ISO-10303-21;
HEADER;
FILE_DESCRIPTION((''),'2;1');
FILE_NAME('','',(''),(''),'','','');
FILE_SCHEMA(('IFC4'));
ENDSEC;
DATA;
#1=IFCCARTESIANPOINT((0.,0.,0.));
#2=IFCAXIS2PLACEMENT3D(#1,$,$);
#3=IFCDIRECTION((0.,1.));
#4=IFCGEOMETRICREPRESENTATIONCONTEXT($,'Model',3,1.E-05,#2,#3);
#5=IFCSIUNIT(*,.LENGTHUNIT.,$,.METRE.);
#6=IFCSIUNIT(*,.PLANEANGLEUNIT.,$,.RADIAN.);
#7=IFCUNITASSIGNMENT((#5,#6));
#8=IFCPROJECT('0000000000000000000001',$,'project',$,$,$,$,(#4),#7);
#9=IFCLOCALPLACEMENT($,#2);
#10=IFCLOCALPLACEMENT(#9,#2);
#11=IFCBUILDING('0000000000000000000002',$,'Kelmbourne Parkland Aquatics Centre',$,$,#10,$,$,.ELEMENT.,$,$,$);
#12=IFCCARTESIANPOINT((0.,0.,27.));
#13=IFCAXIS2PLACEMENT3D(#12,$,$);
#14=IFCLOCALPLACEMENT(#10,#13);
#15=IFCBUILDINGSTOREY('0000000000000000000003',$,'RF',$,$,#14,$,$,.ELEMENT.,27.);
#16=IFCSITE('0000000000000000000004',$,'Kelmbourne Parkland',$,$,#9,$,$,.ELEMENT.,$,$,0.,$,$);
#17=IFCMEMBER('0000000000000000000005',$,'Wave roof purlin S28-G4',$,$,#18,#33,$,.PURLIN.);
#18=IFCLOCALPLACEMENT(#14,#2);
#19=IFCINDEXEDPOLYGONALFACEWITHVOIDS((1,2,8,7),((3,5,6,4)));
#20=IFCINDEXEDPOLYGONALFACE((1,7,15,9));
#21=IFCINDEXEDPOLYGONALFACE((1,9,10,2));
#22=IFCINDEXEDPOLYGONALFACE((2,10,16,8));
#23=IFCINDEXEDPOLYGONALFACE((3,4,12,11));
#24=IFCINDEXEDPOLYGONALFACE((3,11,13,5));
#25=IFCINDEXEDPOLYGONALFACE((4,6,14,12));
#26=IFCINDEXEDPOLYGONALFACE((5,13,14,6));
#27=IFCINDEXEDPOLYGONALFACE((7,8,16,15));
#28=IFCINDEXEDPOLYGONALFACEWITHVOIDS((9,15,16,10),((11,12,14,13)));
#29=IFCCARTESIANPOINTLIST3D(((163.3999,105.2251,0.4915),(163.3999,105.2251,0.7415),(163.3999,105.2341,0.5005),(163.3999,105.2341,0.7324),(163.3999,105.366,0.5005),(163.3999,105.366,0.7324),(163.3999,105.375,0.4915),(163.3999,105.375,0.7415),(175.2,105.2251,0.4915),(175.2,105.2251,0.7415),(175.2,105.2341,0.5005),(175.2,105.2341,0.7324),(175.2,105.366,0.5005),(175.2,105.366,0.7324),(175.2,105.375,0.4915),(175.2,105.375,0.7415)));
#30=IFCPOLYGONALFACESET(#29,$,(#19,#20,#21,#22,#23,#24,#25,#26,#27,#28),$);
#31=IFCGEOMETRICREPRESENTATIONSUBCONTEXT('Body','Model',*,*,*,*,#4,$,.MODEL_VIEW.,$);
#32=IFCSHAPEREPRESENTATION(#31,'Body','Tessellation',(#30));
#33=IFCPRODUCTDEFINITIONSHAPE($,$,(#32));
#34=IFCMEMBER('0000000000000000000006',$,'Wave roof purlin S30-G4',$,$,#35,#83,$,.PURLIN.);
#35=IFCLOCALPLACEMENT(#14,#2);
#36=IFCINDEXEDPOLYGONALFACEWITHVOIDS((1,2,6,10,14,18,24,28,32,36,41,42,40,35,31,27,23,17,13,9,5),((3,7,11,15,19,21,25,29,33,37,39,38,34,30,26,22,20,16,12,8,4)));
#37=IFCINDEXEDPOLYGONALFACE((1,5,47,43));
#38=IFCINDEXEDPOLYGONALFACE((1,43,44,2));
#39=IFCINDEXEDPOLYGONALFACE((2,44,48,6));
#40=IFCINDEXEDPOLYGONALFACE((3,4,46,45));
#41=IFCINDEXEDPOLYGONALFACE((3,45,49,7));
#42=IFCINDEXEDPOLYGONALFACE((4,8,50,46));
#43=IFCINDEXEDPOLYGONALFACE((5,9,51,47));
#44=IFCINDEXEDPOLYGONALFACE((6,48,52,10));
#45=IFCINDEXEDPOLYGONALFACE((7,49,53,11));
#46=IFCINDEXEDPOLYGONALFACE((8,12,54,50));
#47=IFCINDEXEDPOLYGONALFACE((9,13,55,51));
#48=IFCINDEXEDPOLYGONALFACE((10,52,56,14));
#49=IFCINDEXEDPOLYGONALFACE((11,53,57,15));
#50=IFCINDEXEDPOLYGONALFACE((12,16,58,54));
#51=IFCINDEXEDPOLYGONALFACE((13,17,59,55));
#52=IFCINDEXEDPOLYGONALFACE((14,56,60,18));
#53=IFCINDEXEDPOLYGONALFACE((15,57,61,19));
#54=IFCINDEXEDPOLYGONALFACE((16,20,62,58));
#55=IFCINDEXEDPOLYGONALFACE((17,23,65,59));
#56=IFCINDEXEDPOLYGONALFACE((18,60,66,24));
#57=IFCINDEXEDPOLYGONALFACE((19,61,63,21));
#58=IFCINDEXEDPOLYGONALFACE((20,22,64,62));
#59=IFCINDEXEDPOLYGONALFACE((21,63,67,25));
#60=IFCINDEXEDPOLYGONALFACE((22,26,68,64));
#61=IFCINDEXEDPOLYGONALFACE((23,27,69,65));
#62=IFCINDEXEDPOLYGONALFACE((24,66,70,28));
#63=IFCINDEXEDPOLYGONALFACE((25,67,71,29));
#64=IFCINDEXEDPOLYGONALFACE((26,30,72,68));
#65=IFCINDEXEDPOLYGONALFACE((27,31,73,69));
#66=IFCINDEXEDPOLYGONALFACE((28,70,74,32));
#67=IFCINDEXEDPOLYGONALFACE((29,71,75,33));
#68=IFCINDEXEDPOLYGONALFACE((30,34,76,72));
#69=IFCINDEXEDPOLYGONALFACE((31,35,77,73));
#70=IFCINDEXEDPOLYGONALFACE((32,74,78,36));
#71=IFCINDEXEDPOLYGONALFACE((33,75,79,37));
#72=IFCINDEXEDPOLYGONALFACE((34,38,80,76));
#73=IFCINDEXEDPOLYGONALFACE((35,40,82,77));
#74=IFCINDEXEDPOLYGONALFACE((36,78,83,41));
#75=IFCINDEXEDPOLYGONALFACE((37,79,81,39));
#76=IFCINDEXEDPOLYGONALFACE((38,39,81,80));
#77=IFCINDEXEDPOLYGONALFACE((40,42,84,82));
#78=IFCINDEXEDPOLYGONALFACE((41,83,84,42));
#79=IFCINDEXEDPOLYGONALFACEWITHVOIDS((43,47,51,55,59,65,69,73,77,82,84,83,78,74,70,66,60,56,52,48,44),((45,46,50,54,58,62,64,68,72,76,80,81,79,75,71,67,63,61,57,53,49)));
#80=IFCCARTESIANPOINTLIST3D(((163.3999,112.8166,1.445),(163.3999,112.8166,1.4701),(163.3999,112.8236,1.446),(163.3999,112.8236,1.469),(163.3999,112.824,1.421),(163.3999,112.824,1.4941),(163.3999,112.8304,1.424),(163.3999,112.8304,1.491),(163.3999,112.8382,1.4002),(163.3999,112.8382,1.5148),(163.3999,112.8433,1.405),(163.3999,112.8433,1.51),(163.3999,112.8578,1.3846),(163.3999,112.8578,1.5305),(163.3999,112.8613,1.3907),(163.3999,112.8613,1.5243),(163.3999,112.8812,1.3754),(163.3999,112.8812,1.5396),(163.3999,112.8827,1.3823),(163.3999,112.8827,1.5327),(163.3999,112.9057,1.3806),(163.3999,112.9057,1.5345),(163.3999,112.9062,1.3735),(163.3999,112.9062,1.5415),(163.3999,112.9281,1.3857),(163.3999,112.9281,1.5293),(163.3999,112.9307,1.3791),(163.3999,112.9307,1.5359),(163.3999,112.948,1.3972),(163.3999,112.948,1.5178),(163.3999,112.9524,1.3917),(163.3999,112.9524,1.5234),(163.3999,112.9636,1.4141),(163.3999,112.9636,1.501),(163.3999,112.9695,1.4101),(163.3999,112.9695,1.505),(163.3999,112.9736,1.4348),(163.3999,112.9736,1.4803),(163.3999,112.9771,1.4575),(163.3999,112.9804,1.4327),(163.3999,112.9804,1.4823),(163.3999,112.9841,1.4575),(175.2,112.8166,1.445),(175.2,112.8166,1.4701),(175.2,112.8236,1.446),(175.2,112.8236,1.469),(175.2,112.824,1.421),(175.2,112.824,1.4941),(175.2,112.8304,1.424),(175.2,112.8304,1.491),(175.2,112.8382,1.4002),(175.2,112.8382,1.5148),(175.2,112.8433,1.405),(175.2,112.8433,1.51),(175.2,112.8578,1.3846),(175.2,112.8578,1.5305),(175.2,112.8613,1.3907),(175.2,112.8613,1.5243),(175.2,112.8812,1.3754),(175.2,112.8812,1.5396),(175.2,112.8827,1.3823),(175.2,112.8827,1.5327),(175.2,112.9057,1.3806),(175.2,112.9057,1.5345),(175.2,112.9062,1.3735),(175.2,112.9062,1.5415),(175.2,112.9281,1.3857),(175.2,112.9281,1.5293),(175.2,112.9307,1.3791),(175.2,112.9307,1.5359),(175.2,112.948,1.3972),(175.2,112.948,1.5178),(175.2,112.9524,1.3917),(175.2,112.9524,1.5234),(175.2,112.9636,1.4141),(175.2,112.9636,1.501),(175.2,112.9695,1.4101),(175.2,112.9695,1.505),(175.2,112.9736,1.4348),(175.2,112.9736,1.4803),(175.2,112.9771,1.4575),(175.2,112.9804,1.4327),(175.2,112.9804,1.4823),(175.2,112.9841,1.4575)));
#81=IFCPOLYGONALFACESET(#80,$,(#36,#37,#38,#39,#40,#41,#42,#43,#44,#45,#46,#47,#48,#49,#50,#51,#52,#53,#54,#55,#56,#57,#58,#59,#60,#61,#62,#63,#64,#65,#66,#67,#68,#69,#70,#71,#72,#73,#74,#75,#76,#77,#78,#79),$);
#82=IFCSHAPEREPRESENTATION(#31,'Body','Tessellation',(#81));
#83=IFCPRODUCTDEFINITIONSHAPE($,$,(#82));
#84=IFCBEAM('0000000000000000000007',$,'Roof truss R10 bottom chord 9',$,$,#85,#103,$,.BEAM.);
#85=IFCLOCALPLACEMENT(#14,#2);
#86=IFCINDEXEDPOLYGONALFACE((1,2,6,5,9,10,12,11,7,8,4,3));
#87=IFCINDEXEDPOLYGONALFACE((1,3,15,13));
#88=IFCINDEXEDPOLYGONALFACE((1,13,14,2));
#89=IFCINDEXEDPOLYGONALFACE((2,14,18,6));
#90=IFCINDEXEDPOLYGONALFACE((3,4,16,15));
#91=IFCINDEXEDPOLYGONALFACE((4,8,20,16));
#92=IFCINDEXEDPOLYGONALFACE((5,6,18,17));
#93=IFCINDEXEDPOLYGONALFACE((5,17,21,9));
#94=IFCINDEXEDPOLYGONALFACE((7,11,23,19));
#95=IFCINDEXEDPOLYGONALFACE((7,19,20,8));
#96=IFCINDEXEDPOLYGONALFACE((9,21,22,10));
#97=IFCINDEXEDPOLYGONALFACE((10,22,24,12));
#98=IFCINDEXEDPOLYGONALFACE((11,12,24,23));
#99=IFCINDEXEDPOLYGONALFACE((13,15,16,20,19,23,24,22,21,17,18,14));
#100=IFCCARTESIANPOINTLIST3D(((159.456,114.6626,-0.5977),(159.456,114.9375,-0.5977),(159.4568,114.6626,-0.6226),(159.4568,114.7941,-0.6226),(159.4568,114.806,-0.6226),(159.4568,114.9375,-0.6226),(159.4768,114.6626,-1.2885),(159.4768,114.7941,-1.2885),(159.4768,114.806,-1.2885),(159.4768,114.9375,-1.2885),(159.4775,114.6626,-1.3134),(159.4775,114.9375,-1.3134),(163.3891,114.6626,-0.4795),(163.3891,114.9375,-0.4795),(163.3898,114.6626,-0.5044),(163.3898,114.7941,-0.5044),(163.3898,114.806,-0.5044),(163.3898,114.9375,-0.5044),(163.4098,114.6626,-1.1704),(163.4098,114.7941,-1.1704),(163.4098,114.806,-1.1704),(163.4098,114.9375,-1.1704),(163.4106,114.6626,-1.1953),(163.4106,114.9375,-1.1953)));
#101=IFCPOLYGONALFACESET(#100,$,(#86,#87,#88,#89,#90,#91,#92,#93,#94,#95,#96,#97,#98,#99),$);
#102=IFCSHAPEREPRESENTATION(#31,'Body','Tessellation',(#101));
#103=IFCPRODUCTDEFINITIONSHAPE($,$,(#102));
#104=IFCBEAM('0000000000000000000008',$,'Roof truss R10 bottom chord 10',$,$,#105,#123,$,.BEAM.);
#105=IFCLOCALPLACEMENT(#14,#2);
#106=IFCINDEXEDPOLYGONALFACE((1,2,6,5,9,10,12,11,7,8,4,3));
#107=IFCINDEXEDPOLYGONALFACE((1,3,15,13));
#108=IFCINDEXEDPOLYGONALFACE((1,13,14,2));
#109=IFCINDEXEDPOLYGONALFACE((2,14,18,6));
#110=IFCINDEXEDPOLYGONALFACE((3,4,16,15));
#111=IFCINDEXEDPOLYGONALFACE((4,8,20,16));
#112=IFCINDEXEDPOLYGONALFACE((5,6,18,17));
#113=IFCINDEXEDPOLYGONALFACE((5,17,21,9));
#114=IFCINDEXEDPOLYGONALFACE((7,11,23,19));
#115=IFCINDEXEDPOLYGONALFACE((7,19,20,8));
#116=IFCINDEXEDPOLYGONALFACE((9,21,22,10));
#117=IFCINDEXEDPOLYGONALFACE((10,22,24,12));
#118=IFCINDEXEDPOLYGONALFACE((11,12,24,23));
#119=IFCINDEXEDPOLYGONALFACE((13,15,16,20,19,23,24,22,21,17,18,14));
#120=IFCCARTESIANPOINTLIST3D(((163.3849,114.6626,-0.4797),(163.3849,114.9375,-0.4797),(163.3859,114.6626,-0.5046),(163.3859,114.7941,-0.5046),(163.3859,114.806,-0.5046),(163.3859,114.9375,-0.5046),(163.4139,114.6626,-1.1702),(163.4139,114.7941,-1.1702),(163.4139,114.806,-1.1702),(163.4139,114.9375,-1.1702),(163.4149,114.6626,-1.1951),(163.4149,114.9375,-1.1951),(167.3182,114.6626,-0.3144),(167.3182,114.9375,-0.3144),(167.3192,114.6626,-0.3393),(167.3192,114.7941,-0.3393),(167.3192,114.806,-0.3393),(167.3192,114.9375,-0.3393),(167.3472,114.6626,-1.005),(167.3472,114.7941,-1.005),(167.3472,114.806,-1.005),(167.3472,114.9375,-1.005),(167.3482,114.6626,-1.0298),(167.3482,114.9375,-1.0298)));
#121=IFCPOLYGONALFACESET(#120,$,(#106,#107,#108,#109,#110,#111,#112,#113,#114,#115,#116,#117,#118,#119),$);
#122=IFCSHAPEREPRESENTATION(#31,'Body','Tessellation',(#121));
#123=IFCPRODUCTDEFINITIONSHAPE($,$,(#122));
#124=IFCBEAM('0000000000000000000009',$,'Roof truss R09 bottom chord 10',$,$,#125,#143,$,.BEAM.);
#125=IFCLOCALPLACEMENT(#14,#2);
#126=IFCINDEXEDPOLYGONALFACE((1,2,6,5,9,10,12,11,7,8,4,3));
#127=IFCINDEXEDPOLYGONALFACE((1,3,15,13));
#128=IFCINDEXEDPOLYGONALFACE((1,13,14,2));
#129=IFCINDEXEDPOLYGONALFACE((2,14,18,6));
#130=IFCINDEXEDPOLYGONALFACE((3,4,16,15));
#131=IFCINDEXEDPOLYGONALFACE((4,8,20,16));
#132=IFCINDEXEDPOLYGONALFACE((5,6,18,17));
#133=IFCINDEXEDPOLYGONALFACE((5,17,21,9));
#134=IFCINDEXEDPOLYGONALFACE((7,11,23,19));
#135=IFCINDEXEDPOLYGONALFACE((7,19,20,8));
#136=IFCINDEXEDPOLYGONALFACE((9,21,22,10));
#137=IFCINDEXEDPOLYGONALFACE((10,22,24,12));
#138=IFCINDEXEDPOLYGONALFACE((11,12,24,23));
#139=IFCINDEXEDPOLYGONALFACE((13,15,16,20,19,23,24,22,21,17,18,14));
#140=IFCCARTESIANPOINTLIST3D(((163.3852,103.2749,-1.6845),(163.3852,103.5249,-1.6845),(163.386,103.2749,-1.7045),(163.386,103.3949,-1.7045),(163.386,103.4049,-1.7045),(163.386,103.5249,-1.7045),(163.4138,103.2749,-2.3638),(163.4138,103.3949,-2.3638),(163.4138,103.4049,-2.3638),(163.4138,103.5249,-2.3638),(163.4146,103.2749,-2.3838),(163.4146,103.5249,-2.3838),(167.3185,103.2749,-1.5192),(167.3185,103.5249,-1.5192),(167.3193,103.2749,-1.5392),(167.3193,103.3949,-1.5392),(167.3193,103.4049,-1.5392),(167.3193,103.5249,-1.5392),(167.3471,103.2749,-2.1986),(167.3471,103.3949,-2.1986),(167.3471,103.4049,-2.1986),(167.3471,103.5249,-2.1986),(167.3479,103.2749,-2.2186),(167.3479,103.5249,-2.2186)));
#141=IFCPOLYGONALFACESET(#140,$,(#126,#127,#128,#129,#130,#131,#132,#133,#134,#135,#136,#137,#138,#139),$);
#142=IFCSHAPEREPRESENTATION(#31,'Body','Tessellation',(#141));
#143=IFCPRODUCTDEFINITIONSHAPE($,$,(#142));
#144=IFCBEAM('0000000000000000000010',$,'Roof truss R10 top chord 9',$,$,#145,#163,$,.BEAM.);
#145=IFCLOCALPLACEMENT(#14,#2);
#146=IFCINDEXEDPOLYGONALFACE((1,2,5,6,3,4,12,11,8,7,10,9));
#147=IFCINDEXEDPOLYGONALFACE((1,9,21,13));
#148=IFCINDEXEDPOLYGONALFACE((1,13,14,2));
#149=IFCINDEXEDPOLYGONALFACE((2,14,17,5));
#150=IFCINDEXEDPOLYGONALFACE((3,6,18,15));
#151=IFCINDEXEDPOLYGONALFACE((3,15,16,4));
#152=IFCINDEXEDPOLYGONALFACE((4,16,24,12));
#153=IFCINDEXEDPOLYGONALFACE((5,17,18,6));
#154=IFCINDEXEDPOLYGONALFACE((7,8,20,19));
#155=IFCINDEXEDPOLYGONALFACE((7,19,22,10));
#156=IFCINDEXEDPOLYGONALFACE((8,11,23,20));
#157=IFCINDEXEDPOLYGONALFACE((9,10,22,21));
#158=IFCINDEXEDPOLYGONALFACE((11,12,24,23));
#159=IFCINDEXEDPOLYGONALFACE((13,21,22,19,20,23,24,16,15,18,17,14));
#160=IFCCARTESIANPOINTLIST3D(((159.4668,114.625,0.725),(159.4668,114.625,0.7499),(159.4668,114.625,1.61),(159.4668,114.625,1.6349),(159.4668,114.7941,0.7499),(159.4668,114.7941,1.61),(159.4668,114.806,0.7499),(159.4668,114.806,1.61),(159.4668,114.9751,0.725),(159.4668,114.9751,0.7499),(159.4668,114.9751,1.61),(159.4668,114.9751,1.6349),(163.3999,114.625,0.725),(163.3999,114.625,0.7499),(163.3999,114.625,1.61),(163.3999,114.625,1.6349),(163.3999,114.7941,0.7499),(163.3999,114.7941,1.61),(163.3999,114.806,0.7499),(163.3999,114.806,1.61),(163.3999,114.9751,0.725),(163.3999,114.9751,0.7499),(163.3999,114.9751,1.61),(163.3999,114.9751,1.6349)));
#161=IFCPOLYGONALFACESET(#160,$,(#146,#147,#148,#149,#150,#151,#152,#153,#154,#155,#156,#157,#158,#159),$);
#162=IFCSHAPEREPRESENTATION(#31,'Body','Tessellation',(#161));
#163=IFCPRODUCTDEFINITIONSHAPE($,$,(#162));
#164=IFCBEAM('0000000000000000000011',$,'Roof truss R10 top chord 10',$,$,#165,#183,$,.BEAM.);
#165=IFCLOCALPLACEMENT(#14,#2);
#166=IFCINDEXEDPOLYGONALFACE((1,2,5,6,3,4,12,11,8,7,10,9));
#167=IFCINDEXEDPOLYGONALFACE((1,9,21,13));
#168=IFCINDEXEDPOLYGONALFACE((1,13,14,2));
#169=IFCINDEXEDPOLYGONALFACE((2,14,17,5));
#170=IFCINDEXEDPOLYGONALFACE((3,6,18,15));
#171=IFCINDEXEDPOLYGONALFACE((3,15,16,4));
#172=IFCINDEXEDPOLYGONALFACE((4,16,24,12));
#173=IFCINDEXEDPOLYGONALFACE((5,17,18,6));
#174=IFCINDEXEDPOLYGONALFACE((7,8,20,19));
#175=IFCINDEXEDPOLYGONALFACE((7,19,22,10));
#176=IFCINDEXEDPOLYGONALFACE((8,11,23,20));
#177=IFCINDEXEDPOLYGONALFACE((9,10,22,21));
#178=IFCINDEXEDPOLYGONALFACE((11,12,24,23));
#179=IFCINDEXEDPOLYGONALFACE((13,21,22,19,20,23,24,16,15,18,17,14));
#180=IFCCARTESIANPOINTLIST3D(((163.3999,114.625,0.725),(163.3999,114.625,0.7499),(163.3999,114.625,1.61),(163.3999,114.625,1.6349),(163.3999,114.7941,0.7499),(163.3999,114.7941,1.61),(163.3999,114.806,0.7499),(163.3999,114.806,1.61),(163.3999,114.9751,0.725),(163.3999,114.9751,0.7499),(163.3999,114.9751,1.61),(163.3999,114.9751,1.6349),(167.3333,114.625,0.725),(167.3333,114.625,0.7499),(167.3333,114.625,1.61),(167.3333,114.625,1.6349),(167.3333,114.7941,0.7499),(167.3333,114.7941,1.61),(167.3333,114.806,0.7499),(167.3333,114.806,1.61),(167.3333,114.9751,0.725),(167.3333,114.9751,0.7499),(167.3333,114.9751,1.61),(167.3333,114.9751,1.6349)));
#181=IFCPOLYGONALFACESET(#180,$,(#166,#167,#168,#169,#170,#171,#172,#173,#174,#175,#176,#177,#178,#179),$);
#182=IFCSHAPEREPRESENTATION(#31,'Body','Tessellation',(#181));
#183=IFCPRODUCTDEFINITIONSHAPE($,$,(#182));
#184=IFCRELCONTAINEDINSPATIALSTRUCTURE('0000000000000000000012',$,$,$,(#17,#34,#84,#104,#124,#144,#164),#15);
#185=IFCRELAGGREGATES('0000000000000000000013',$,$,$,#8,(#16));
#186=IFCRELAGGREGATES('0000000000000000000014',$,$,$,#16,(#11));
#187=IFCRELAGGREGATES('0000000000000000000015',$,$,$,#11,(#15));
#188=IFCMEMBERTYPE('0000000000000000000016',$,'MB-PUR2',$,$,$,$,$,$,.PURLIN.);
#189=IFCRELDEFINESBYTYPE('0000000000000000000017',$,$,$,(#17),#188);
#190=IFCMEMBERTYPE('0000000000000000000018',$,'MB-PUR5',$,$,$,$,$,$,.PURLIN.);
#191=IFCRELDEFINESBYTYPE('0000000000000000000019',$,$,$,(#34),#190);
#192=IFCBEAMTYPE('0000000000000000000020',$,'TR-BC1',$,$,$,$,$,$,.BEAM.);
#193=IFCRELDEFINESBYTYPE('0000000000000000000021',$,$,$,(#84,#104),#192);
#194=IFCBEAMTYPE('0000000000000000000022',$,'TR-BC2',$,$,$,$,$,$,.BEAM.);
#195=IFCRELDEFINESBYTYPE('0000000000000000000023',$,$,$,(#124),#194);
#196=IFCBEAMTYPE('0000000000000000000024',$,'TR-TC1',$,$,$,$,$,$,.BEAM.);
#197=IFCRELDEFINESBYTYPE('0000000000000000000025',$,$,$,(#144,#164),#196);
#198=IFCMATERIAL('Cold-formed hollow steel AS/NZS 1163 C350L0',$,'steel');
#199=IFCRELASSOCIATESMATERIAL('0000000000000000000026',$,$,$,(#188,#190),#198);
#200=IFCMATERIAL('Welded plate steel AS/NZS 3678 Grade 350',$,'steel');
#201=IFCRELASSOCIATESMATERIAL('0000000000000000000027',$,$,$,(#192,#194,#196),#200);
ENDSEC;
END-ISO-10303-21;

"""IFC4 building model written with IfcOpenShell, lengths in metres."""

from ifc_helpers import new_model, si_unit, direction, frame, origin, origin_2d, place, context, subcontext, project, spatial, hollow_rectangle, hollow_circle, i_section, extrude, material, material_profile, profile_set, type_object, element, save


model = new_model("IFC4")

# Units and contexts
model_context = context("Model", 3, precision=1e-05, world=origin(), true_north=direction((0.0, 1.0)))
body_context = subcontext(model_context, "Body", "Model", "MODEL_VIEW")
ifc_project = project(units=[si_unit("LENGTHUNIT", "METRE"), si_unit("PLANEANGLEUNIT", "RADIAN")], contexts=[model_context])

# Site, building, storey
site_placement = place(None, origin())
site = spatial("IfcSite", under=ifc_project, at=site_placement, Name="Kelmbourne Parkland", CompositionType="ELEMENT", RefElevation=0.0)
building_placement = place(site_placement, origin())
building = spatial("IfcBuilding", under=site, at=building_placement, Name="Kelmbourne Parkland Aquatics Centre", CompositionType="ELEMENT")
storey_placement = place(building_placement, frame((0.0, 0.0, 27.0)))
storey = spatial("IfcBuildingStorey", under=building, at=storey_placement, Name="RF", CompositionType="ELEMENT", Elevation=27.0)

# Members
ifc_material_1 = material(Name="Cold-formed hollow steel AS/NZS 1163 C350L0", Category="steel")
ifc_material_profile_1 = material_profile(ifc_material_1, hollow_rectangle(XDim=0.1499, YDim=0.25, WallThickness=0.009, at=origin_2d()), Name="RHS 250x150x9.0")
ifc_profile_set_1 = profile_set([ifc_material_profile_1], Name="Cold-formed hollow steel AS/NZS 1163 C350L0")
member_type_1 = type_object("IfcMemberType", Name="MB-PUR2", PredefinedType="PURLIN", material=ifc_profile_set_1)
member_1_placement = place(storey_placement, frame((163.3999, 105.3, 0.6165), z_axis=(1.0, 0.0, 0.0), x_axis=(0.0, 1.0, 0.0)))
element("IfcMember", 1, at=member_1_placement, inside=storey, type_object=member_type_1, Name="Wave roof purlin S28-G4", PredefinedType="PURLIN", context=body_context, shape_type="SweptSolid", body=[
    extrude(hollow_rectangle(XDim=0.1499, YDim=0.25, WallThickness=0.009, at=origin_2d()), origin(), (0.0, 0.0, 1.0), 11.8),
])
ifc_material_profile_2 = material_profile(ifc_material_1, hollow_circle(Radius=0.0842, WallThickness=0.0071, at=origin_2d()), Name="CHS 168.3x7.1")
ifc_profile_set_2 = profile_set([ifc_material_profile_2], Name="Cold-formed hollow steel AS/NZS 1163 C350L0")
member_type_2 = type_object("IfcMemberType", Name="MB-PUR5", PredefinedType="PURLIN", material=ifc_profile_set_2)
member_2_placement = place(storey_placement, frame((163.3999, 112.8999, 1.4575), z_axis=(1.0, 0.0, 0.0), x_axis=(0.0, 1.0, 0.0)))
element("IfcMember", 2, at=member_2_placement, inside=storey, type_object=member_type_2, Name="Wave roof purlin S30-G4", PredefinedType="PURLIN", context=body_context, shape_type="SweptSolid", body=[
    extrude(hollow_circle(Radius=0.0842, WallThickness=0.0071, at=origin_2d()), origin(), (0.0, 0.0, 1.0), 11.8),
])

# Beams
ifc_material_2 = material(Name="Welded plate steel AS/NZS 3678 Grade 350", Category="steel")
ifc_material_profile_3 = material_profile(ifc_material_2, i_section(OverallWidth=0.2749, OverallDepth=0.7161, WebThickness=0.012, FlangeThickness=0.0249, at=origin_2d()), Name="700WB173")
ifc_profile_set_3 = profile_set([ifc_material_profile_3], Name="Welded plate steel AS/NZS 3678 Grade 350")
beam_type_1 = type_object("IfcBeamType", Name="TR-BC1", PredefinedType="BEAM", material=ifc_profile_set_3)
beam_1_placement = place(storey_placement, frame((159.4668, 114.8, -0.9556), z_axis=(0.999549, 0.0, 0.03003), x_axis=(0.0, 1.0, 0.0)))
element("IfcBeam", 3, at=beam_1_placement, inside=storey, type_object=beam_type_1, Name="Roof truss R10 bottom chord 9", PredefinedType="BEAM", context=body_context, shape_type="SweptSolid", body=[
    extrude(i_section(OverallWidth=0.2749, OverallDepth=0.7161, WebThickness=0.012, FlangeThickness=0.0249, at=origin_2d()), origin(), (0.0, 0.0, 1.0), 3.9348),
])
beam_2_placement = place(storey_placement, frame((163.3999, 114.8, -0.8374), z_axis=(0.999118, 0.0, 0.041984), x_axis=(0.0, 1.0, 0.0)))
element("IfcBeam", 4, at=beam_2_placement, inside=storey, type_object=beam_type_1, Name="Roof truss R10 bottom chord 10", PredefinedType="BEAM", context=body_context, shape_type="SweptSolid", body=[
    extrude(i_section(OverallWidth=0.2749, OverallDepth=0.7161, WebThickness=0.012, FlangeThickness=0.0249, at=origin_2d()), origin(), (0.0, 0.0, 1.0), 3.9368),
])
ifc_material_profile_4 = material_profile(ifc_material_2, i_section(OverallWidth=0.25, OverallDepth=0.7, WebThickness=0.01, FlangeThickness=0.02, at=origin_2d()), Name="700WB130")
ifc_profile_set_4 = profile_set([ifc_material_profile_4], Name="Welded plate steel AS/NZS 3678 Grade 350")
beam_type_2 = type_object("IfcBeamType", Name="TR-BC2", PredefinedType="BEAM", material=ifc_profile_set_4)
beam_3_placement = place(storey_placement, frame((163.3999, 103.3999, -2.0342), z_axis=(0.999118, 0.0, 0.041984), x_axis=(0.0, 1.0, 0.0)))
element("IfcBeam", 5, at=beam_3_placement, inside=storey, type_object=beam_type_2, Name="Roof truss R09 bottom chord 10", PredefinedType="BEAM", context=body_context, shape_type="SweptSolid", body=[
    extrude(i_section(OverallWidth=0.25, OverallDepth=0.7, WebThickness=0.01, FlangeThickness=0.02, at=origin_2d()), origin(), (0.0, 0.0, 1.0), 3.9368),
])
ifc_material_profile_5 = material_profile(ifc_material_2, i_section(OverallWidth=0.3501, OverallDepth=0.9099, WebThickness=0.012, FlangeThickness=0.0249, at=origin_2d()), Name="900WB218")
ifc_profile_set_5 = profile_set([ifc_material_profile_5], Name="Welded plate steel AS/NZS 3678 Grade 350")
beam_type_3 = type_object("IfcBeamType", Name="TR-TC1", PredefinedType="BEAM", material=ifc_profile_set_5)
beam_4_placement = place(storey_placement, frame((159.4668, 114.8, 1.1799), z_axis=(1.0, 0.0, 0.0), x_axis=(0.0, 1.0, 0.0)))
element("IfcBeam", 6, at=beam_4_placement, inside=storey, type_object=beam_type_3, Name="Roof truss R10 top chord 9", PredefinedType="BEAM", context=body_context, shape_type="SweptSolid", body=[
    extrude(i_section(OverallWidth=0.3501, OverallDepth=0.9099, WebThickness=0.012, FlangeThickness=0.0249, at=origin_2d()), origin(), (0.0, 0.0, 1.0), 3.9331),
])
beam_5_placement = place(storey_placement, frame((163.3999, 114.8, 1.1799), z_axis=(1.0, 0.0, 0.0), x_axis=(0.0, 1.0, 0.0)))
element("IfcBeam", 7, at=beam_5_placement, inside=storey, type_object=beam_type_3, Name="Roof truss R10 top chord 10", PredefinedType="BEAM", context=body_context, shape_type="SweptSolid", body=[
    extrude(i_section(OverallWidth=0.3501, OverallDepth=0.9099, WebThickness=0.012, FlangeThickness=0.0249, at=origin_2d()), origin(), (0.0, 0.0, 1.0), 3.9333),
])

save(model, "model.ifc")
